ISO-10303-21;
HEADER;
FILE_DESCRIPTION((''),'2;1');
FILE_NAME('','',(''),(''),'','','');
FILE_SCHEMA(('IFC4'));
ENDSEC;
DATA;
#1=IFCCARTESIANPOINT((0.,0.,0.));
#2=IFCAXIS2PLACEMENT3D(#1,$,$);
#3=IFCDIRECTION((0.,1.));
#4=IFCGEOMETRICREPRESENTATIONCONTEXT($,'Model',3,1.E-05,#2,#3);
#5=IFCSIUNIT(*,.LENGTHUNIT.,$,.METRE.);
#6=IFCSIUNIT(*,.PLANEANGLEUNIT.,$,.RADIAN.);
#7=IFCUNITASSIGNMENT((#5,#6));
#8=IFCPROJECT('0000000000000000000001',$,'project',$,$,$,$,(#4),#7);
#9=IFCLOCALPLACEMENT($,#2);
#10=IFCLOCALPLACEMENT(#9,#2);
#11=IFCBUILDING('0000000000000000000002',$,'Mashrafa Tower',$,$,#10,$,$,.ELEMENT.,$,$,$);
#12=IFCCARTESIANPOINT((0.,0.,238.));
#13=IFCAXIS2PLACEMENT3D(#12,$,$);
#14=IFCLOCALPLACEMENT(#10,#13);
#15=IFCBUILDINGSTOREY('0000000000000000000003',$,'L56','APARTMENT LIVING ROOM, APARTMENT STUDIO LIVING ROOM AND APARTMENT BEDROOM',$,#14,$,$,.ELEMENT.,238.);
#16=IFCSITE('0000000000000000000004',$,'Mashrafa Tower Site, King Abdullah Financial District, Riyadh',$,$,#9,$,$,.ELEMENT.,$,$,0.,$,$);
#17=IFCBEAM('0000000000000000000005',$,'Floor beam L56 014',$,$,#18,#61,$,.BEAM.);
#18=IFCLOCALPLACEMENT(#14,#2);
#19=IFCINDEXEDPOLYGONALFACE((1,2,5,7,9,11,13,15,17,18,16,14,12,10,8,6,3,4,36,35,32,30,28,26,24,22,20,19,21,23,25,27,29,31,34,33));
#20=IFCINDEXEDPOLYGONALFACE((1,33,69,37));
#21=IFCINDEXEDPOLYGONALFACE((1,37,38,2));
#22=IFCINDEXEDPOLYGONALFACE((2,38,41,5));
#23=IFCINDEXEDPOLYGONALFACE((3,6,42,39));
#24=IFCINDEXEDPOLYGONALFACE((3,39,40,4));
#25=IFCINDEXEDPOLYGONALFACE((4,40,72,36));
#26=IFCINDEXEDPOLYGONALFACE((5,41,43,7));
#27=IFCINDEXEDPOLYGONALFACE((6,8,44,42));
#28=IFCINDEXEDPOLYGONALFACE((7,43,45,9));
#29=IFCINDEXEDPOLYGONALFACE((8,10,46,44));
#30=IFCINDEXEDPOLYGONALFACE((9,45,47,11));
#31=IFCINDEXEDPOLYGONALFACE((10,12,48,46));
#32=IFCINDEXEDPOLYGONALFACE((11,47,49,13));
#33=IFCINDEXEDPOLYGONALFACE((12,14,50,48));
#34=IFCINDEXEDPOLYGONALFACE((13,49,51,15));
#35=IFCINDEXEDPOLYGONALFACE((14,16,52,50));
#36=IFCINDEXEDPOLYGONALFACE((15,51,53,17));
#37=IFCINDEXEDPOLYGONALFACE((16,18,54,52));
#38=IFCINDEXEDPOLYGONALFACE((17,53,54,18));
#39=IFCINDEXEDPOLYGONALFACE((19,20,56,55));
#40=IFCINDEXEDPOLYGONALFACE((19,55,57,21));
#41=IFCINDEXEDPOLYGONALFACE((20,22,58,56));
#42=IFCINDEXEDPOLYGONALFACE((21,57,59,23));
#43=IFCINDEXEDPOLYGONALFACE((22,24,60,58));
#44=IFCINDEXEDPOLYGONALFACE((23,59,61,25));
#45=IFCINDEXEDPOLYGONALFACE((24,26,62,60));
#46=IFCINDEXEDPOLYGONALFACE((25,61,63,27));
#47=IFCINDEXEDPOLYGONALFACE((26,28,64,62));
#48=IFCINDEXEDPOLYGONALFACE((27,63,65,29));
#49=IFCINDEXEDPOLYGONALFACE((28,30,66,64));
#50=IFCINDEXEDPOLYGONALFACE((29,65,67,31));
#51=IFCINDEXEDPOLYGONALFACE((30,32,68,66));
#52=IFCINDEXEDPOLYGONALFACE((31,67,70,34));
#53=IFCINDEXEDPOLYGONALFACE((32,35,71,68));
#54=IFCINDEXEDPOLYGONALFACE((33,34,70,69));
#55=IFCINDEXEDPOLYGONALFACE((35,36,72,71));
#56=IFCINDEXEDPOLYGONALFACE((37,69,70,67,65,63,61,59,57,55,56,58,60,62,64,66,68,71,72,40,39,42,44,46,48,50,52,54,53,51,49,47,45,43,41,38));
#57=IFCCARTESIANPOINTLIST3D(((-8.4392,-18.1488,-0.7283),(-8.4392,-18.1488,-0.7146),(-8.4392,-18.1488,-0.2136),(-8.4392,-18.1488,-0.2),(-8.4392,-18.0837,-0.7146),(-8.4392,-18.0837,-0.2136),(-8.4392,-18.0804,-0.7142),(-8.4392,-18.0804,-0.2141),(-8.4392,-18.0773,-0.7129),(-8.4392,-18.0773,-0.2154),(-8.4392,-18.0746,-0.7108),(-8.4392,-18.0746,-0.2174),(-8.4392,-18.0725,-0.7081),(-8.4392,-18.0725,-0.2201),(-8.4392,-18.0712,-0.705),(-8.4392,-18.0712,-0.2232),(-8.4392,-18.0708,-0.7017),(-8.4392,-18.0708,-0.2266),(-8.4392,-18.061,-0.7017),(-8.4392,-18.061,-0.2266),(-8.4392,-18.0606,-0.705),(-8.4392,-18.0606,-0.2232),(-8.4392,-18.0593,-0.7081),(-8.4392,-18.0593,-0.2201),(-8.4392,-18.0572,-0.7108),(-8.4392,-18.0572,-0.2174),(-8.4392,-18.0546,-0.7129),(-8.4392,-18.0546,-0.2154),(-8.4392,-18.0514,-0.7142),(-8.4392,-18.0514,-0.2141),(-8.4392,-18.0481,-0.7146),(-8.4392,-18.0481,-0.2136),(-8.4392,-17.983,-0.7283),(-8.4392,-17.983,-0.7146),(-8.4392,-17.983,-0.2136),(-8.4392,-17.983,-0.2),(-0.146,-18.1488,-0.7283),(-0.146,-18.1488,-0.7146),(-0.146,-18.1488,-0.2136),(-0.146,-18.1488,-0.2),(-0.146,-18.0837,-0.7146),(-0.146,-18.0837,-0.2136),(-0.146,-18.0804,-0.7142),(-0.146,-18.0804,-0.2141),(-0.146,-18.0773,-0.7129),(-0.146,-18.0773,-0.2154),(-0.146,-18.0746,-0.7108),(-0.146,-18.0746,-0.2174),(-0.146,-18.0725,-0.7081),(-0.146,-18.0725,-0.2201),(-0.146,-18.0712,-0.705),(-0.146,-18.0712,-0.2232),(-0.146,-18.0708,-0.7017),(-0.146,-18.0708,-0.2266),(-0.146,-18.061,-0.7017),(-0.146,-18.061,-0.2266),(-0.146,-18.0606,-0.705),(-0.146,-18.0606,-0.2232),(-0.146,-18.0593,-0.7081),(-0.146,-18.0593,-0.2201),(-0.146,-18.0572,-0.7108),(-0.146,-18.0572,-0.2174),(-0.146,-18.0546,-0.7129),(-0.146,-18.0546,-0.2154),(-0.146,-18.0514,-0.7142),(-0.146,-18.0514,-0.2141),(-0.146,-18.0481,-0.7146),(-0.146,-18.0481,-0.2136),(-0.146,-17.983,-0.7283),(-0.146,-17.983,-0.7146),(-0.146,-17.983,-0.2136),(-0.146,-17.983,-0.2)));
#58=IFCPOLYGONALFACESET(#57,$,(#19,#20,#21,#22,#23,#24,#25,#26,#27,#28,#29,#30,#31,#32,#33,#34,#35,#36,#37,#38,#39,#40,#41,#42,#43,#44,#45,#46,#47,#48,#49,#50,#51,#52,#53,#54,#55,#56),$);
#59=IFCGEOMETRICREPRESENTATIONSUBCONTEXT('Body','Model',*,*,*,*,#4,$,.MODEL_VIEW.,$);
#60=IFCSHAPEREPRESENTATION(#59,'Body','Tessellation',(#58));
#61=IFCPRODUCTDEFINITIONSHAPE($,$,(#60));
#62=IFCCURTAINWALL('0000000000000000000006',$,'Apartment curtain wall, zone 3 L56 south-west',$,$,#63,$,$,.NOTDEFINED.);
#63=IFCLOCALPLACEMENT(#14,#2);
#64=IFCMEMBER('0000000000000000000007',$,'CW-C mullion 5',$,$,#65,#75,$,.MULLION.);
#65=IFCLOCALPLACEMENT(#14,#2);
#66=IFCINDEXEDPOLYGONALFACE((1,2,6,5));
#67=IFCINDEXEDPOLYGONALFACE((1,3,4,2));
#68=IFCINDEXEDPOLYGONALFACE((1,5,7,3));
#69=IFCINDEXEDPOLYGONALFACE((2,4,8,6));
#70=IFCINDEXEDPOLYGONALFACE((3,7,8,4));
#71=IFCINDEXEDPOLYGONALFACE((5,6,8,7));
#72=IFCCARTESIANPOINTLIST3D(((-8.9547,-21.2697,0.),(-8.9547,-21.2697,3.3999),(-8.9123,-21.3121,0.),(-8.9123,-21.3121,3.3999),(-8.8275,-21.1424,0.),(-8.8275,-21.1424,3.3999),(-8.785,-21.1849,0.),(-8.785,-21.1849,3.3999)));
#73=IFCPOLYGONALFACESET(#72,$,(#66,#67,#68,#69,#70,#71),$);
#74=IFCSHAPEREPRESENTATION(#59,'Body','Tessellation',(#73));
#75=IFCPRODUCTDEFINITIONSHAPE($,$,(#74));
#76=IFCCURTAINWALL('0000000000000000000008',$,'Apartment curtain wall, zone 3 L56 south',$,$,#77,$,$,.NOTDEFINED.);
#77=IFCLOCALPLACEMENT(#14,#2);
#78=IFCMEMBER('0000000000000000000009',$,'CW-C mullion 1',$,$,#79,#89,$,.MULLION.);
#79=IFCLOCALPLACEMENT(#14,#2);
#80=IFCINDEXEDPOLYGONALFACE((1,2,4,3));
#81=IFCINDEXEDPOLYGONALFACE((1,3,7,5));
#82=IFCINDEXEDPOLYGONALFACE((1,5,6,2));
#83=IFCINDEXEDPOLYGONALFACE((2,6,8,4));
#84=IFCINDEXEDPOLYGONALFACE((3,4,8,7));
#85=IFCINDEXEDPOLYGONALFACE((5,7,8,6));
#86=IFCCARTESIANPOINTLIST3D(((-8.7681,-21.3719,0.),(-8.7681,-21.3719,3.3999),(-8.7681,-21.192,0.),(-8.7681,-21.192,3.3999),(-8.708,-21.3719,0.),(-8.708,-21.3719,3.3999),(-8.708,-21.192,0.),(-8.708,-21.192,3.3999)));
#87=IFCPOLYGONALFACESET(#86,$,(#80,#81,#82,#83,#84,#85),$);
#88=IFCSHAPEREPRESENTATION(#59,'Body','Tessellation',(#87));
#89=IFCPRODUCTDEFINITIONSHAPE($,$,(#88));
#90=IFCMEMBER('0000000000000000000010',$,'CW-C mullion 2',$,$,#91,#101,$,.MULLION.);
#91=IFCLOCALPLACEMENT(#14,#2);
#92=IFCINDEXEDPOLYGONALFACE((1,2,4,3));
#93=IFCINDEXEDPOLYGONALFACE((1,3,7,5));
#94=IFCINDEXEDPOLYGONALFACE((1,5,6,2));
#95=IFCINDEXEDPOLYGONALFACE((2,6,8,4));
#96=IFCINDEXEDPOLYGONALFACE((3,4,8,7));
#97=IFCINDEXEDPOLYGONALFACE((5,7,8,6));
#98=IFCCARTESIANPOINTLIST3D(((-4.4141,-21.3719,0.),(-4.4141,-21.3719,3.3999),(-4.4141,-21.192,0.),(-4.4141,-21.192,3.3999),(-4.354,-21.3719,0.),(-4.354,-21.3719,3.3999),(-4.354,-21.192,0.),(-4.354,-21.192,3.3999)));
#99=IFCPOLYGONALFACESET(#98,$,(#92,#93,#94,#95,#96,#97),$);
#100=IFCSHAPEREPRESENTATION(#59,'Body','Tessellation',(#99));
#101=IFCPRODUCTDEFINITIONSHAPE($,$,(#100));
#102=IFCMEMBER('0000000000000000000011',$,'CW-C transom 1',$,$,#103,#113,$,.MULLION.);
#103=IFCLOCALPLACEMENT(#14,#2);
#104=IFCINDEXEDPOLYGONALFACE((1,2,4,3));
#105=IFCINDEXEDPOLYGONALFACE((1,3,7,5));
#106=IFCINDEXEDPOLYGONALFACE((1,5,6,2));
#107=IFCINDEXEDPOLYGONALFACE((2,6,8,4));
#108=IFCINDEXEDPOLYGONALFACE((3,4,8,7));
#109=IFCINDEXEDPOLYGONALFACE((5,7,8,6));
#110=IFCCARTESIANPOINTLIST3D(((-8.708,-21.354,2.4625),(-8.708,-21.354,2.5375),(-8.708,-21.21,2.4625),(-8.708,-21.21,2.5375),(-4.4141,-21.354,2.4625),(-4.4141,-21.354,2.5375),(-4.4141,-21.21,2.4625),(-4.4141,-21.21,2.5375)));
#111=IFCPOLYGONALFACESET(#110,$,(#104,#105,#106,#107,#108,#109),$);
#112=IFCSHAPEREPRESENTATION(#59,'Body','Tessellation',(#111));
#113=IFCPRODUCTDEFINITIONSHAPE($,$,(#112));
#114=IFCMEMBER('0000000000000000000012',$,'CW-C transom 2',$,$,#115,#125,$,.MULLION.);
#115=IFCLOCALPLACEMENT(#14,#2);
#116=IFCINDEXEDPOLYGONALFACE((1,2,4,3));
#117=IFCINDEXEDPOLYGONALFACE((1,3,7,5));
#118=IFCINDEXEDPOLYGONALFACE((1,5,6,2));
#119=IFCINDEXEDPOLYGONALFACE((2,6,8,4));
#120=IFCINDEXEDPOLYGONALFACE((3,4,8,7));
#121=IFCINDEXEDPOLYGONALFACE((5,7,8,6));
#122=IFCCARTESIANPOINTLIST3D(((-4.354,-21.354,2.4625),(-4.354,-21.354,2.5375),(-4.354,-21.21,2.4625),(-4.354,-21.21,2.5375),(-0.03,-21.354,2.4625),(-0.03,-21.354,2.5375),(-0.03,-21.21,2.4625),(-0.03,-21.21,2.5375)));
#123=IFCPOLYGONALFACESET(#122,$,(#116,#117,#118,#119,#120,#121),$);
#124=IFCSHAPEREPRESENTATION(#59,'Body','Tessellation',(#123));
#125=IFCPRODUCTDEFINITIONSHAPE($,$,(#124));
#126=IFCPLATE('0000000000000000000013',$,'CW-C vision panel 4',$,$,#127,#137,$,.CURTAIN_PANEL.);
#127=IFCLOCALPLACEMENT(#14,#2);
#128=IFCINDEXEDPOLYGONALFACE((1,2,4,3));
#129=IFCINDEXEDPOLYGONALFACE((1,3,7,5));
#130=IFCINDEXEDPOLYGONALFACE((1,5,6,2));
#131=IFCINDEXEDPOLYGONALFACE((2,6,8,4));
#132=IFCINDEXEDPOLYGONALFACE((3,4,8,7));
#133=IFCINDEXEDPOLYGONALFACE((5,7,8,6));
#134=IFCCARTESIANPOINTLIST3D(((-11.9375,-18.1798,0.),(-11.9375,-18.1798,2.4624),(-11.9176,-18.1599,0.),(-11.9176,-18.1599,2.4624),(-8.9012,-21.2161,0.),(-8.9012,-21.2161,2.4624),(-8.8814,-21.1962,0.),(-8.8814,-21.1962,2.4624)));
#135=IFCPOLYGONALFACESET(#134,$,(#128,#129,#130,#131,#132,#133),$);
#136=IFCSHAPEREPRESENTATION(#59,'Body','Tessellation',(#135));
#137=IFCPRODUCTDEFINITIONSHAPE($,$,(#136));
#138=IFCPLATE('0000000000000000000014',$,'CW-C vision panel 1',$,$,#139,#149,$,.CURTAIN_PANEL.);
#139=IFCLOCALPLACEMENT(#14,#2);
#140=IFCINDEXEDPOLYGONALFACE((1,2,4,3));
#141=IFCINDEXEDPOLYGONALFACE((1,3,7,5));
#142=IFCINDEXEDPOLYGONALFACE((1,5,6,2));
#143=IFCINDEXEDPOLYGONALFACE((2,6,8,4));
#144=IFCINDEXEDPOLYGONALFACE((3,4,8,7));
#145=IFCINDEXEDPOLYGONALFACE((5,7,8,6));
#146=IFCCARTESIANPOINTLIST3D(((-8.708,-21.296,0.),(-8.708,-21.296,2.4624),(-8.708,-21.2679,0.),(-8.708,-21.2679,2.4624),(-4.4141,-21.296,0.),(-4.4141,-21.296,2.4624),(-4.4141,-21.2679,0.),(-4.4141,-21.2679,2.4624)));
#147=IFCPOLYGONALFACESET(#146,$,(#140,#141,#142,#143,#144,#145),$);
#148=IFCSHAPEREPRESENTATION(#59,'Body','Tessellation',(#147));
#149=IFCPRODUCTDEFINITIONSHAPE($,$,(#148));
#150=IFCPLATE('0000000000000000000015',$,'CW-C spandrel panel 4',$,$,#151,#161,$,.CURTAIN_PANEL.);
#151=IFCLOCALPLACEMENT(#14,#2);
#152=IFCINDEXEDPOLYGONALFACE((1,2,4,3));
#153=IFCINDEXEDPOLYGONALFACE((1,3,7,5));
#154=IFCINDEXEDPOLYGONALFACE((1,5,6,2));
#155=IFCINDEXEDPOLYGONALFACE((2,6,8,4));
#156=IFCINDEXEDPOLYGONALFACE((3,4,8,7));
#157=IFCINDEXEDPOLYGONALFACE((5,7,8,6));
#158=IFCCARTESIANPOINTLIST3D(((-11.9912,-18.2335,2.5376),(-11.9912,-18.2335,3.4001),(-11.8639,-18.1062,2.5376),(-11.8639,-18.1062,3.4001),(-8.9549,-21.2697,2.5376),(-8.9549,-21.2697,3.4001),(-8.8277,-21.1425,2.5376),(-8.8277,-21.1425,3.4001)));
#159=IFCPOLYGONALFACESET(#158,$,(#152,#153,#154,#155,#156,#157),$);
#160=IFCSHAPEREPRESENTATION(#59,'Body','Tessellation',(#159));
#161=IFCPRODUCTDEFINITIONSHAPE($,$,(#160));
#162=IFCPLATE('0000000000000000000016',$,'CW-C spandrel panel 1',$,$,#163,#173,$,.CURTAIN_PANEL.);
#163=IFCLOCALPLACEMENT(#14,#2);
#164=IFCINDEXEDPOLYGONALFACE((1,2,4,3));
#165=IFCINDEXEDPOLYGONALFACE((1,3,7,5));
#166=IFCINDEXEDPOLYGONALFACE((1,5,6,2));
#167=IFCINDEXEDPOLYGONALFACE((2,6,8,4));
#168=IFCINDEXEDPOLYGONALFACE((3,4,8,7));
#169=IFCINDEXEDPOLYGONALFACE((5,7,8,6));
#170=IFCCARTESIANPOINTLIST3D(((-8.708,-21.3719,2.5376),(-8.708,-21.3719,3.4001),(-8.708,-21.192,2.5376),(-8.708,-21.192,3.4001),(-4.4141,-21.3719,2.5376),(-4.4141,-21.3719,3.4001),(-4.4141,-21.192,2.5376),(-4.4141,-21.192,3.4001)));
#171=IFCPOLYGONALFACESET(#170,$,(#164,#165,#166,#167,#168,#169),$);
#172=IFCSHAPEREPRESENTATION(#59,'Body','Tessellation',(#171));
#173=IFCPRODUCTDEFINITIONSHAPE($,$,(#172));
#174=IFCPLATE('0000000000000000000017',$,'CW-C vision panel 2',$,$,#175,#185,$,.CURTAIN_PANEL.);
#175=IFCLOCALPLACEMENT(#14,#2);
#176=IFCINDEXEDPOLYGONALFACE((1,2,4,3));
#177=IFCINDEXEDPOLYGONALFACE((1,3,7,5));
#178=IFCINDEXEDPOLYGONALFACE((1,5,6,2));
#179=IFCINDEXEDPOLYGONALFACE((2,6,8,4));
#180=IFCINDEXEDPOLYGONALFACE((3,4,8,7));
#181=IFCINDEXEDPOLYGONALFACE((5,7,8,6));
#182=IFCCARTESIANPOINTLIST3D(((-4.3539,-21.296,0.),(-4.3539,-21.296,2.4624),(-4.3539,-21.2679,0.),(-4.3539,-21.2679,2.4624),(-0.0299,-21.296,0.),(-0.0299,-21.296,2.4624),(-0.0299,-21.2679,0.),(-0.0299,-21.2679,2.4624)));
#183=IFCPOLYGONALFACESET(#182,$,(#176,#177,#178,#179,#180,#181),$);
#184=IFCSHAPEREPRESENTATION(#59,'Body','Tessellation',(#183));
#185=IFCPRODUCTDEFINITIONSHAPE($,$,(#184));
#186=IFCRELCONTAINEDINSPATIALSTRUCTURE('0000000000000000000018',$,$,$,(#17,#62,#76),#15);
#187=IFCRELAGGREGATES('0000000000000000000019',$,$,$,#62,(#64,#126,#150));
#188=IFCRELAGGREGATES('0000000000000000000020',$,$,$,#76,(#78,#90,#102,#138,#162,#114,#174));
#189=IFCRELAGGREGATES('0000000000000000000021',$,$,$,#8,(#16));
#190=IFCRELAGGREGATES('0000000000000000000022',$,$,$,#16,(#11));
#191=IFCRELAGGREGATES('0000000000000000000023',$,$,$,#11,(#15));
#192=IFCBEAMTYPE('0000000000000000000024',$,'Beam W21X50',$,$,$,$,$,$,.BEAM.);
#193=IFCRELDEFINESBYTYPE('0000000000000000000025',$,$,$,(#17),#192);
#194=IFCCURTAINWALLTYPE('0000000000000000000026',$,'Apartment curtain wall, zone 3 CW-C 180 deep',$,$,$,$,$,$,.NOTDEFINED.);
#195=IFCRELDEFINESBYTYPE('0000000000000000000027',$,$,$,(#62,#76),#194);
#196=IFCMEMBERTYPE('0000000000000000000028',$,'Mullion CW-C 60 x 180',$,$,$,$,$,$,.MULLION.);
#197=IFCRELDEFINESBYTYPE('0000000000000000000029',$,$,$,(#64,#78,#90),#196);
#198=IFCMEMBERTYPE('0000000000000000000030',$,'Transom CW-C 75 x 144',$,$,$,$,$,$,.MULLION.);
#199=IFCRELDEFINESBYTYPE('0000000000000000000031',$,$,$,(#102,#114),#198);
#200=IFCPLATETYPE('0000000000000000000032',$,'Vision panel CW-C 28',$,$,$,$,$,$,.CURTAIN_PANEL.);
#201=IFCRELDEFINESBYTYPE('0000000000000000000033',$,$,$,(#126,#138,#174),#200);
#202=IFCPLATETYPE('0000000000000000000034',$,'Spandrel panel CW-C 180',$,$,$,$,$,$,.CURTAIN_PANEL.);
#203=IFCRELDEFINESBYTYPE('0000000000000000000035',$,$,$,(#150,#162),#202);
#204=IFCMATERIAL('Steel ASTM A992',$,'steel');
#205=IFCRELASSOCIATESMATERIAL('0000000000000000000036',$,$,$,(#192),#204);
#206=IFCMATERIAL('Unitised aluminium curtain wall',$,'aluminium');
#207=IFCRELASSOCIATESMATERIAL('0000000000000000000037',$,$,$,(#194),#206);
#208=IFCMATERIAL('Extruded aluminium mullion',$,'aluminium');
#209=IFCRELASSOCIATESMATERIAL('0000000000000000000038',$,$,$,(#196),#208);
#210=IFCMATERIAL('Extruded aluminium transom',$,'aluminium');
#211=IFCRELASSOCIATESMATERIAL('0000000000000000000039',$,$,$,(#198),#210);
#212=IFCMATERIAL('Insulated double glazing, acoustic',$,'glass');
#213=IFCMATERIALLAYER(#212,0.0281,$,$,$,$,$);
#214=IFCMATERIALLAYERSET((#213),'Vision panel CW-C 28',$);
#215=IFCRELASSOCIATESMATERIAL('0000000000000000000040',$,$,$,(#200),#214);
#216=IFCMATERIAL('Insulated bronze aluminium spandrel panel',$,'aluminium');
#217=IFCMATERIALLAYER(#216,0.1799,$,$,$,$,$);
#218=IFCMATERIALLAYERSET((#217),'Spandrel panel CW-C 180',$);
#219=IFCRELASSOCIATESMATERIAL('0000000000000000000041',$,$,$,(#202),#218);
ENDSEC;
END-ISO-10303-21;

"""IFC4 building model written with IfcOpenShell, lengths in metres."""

from ifc_helpers import new_model, si_unit, direction, frame, origin, origin_2d, place, context, subcontext, project, spatial, rectangle, i_section, extrude, source, transform, mapped, material, layer, layer_set, material_profile, profile_set, type_object, type_shapes, element, aggregate, save


model = new_model("IFC4")

# Units and contexts
model_context = context("Model", 3, precision=1e-05, world=origin(), true_north=direction((0.0, 1.0)))
body_context = subcontext(model_context, "Body", "Model", "MODEL_VIEW")
ifc_project = project(units=[si_unit("LENGTHUNIT", "METRE"), si_unit("PLANEANGLEUNIT", "RADIAN")], contexts=[model_context])

# Site, building, storey
site_placement = place(None, origin())
site = spatial("IfcSite", under=ifc_project, at=site_placement, Name="Mashrafa Tower Site, King Abdullah Financial District, Riyadh", CompositionType="ELEMENT", RefElevation=0.0)
building_placement = place(site_placement, origin())
building = spatial("IfcBuilding", under=site, at=building_placement, Name="Mashrafa Tower", CompositionType="ELEMENT")
storey_placement = place(building_placement, frame((0.0, 0.0, 238.0)))
storey = spatial("IfcBuildingStorey", under=building, at=storey_placement, Name="L56", Description="APARTMENT LIVING ROOM, APARTMENT STUDIO LIVING ROOM AND APARTMENT BEDROOM", CompositionType="ELEMENT", Elevation=238.0)

# Beam
ifc_material_1 = material(Name="Steel ASTM A992", Category="steel")
ifc_material_profile_1 = material_profile(ifc_material_1, i_section(OverallWidth=0.1658, OverallDepth=0.5283, WebThickness=0.0098, FlangeThickness=0.0137, FilletRadius=0.0129, at=origin_2d()), Name="W21X50")
ifc_profile_set_1 = profile_set([ifc_material_profile_1], Name="Steel ASTM A992")
beam_type_1 = type_object("IfcBeamType", Name="Beam W21X50", PredefinedType="BEAM", material=ifc_profile_set_1)
beam_1_placement = place(storey_placement, frame((-0.146, -18.0659, -0.4641), z_axis=(-1.0, 0.0, 0.0), x_axis=(0.0, -1.0, 0.0)))
element("IfcBeam", 1, at=beam_1_placement, inside=storey, type_object=beam_type_1, Name="Floor beam L56 014", PredefinedType="BEAM", context=body_context, shape_type="SweptSolid", body=[
    extrude(i_section(OverallWidth=0.1658, OverallDepth=0.5283, WebThickness=0.0098, FlangeThickness=0.0137, FilletRadius=0.0129, at=origin_2d()), origin(), (0.0, 0.0, 1.0), 8.2932),
])

# Curtain wall, member
ifc_material_2 = material(Name="Unitised aluminium curtain wall", Category="aluminium")
curtain_wall_type = type_object("IfcCurtainWallType", Name="Apartment curtain wall, zone 3 CW-C 180 deep", PredefinedType="NOTDEFINED", material=ifc_material_2)
curtain_wall_1_placement = place(storey_placement, origin())
curtain_wall_1 = element("IfcCurtainWall", 2, at=curtain_wall_1_placement, inside=storey, type_object=curtain_wall_type, Name="Apartment curtain wall, zone 3 L56 south-west", PredefinedType="NOTDEFINED")
ifc_material_3 = material(Name="Extruded aluminium mullion", Category="aluminium")
ifc_material_profile_2 = material_profile(ifc_material_3, rectangle(XDim=0.1799, YDim=0.0601, at=origin_2d()), Name="Mullion 60x180")
ifc_profile_set_2 = profile_set([ifc_material_profile_2], Name="Extruded aluminium mullion")
member_type_1 = type_object("IfcMemberType", Name="Mullion CW-C 60 x 180", PredefinedType="MULLION", material=ifc_profile_set_2)
shared_shape_1 = source(origin(), body_context, "Body", "SweptSolid", [
    extrude(rectangle(XDim=0.1799, YDim=0.0601, at=origin_2d()), origin(), (0.0, 0.0, 1.0), 3.3999),
])
type_shapes(member_type_1, [shared_shape_1])
member_1_placement = place(storey_placement, frame((-8.8699, -21.2273, 0.0), z_axis=(0.0, 0.0, 1.0), x_axis=(0.707107, 0.707107, 0.0)))
member_1 = element("IfcMember", 3, at=member_1_placement, type_object=member_type_1, Name="CW-C mullion 5", PredefinedType="MULLION", context=body_context, shape_type="MappedRepresentation", body=[
    mapped(shared_shape_1, transform((0.0, 0.0, 0.0))),
])

# Curtain wall, members
curtain_wall_2_placement = place(storey_placement, origin())
curtain_wall_2 = element("IfcCurtainWall", 4, at=curtain_wall_2_placement, inside=storey, type_object=curtain_wall_type, Name="Apartment curtain wall, zone 3 L56 south", PredefinedType="NOTDEFINED")
member_2_placement = place(storey_placement, frame((-8.738, -21.282, 0.0), z_axis=(0.0, 0.0, 1.0), x_axis=(0.0, 1.0, 0.0)))
member_2 = element("IfcMember", 5, at=member_2_placement, type_object=member_type_1, Name="CW-C mullion 1", PredefinedType="MULLION", context=body_context, shape_type="MappedRepresentation", body=[
    mapped(shared_shape_1, transform((0.0, 0.0, 0.0))),
])
member_3_placement = place(storey_placement, frame((-4.384, -21.282, 0.0), z_axis=(0.0, 0.0, 1.0), x_axis=(0.0, 1.0, 0.0)))
member_3 = element("IfcMember", 6, at=member_3_placement, type_object=member_type_1, Name="CW-C mullion 2", PredefinedType="MULLION", context=body_context, shape_type="MappedRepresentation", body=[
    mapped(shared_shape_1, transform((0.0, 0.0, 0.0))),
])
ifc_material_4 = material(Name="Extruded aluminium transom", Category="aluminium")
ifc_material_profile_3 = material_profile(ifc_material_4, rectangle(XDim=0.144, YDim=0.075, at=origin_2d()), Name="Transom 75x144")
ifc_profile_set_3 = profile_set([ifc_material_profile_3], Name="Extruded aluminium transom")
member_type_2 = type_object("IfcMemberType", Name="Transom CW-C 75 x 144", PredefinedType="MULLION", material=ifc_profile_set_3)
shared_shape_2 = source(origin(), body_context, "Body", "SweptSolid", [
    extrude(rectangle(XDim=0.144, YDim=0.075, at=origin_2d()), origin(), (0.0, 0.0, 1.0), 4.2939),
])
member_4_placement = place(storey_placement, frame((-8.708, -21.282, 2.5), z_axis=(1.0, 0.0, 0.0), x_axis=(0.0, 1.0, 0.0)))
member_4 = element("IfcMember", 7, at=member_4_placement, type_object=member_type_2, Name="CW-C transom 1", PredefinedType="MULLION", context=body_context, shape_type="MappedRepresentation", body=[
    mapped(shared_shape_2, transform((0.0, 0.0, 0.0))),
])
shared_shape_3 = source(origin(), body_context, "Body", "SweptSolid", [
    extrude(rectangle(XDim=0.144, YDim=0.075, at=origin_2d()), origin(), (0.0, 0.0, 1.0), 4.324),
])
type_shapes(member_type_2, [shared_shape_2, shared_shape_3])
member_5_placement = place(storey_placement, frame((-4.354, -21.282, 2.5), z_axis=(1.0, 0.0, 0.0), x_axis=(0.0, 1.0, 0.0)))
member_5 = element("IfcMember", 8, at=member_5_placement, type_object=member_type_2, Name="CW-C transom 2", PredefinedType="MULLION", context=body_context, shape_type="MappedRepresentation", body=[
    mapped(shared_shape_3, transform((0.0, 0.0, 0.0))),
])

# Plates
ifc_material_5 = material(Name="Insulated double glazing, acoustic", Category="glass")
ifc_layer_1 = layer(ifc_material_5, 0.0281)
ifc_layer_set_1 = layer_set([ifc_layer_1], Name="Vision panel CW-C 28")
plate_type_1 = type_object("IfcPlateType", Name="Vision panel CW-C 28", PredefinedType="CURTAIN_PANEL", material=ifc_layer_set_1)
shared_shape_4 = source(origin(), body_context, "Body", "SweptSolid", [
    extrude(rectangle(XDim=4.2939, YDim=0.0281, at=origin_2d()), origin(), (0.0, 0.0, 1.0), 2.4624),
])
plate_1_placement = place(storey_placement, frame((-10.4094, -19.688, 0.0), z_axis=(0.0, 0.0, 1.0), x_axis=(0.707107, -0.707107, 0.0)))
plate_1 = element("IfcPlate", 9, at=plate_1_placement, type_object=plate_type_1, Name="CW-C vision panel 4", PredefinedType="CURTAIN_PANEL", context=body_context, shape_type="MappedRepresentation", body=[
    mapped(shared_shape_4, transform((0.0, 0.0, 0.0))),
])
plate_2_placement = place(storey_placement, frame((-6.561, -21.282, 0.0), z_axis=(0.0, 0.0, 1.0), x_axis=(1.0, 0.0, 0.0)))
plate_2 = element("IfcPlate", 10, at=plate_2_placement, type_object=plate_type_1, Name="CW-C vision panel 1", PredefinedType="CURTAIN_PANEL", context=body_context, shape_type="MappedRepresentation", body=[
    mapped(shared_shape_4, transform((0.0, 0.0, 0.0))),
])
ifc_material_6 = material(Name="Insulated bronze aluminium spandrel panel", Category="aluminium")
ifc_layer_2 = layer(ifc_material_6, 0.1799)
ifc_layer_set_2 = layer_set([ifc_layer_2], Name="Spandrel panel CW-C 180")
plate_type_2 = type_object("IfcPlateType", Name="Spandrel panel CW-C 180", PredefinedType="CURTAIN_PANEL", material=ifc_layer_set_2)
shared_shape_5 = source(origin(), body_context, "Body", "SweptSolid", [
    extrude(rectangle(XDim=4.2939, YDim=0.1799, at=origin_2d()), origin(), (0.0, 0.0, 1.0), 0.8625),
])
plate_3_placement = place(storey_placement, frame((-10.4094, -19.688, 2.5376), z_axis=(0.0, 0.0, 1.0), x_axis=(0.707107, -0.707107, 0.0)))
plate_3 = element("IfcPlate", 11, at=plate_3_placement, type_object=plate_type_2, Name="CW-C spandrel panel 4", PredefinedType="CURTAIN_PANEL", context=body_context, shape_type="MappedRepresentation", body=[
    mapped(shared_shape_5, transform((0.0, 0.0, 0.0))),
])
aggregate(curtain_wall_1, [member_1, plate_1, plate_3])
plate_4_placement = place(storey_placement, frame((-6.561, -21.282, 2.5376), z_axis=(0.0, 0.0, 1.0), x_axis=(1.0, 0.0, 0.0)))
plate_4 = element("IfcPlate", 12, at=plate_4_placement, type_object=plate_type_2, Name="CW-C spandrel panel 1", PredefinedType="CURTAIN_PANEL", context=body_context, shape_type="MappedRepresentation", body=[
    mapped(shared_shape_5, transform((0.0, 0.0, 0.0))),
])
shared_shape_6 = source(origin(), body_context, "Body", "SweptSolid", [
    extrude(rectangle(XDim=4.324, YDim=0.0281, at=origin_2d()), origin(), (0.0, 0.0, 1.0), 2.4624),
])
type_shapes(plate_type_1, [shared_shape_4, shared_shape_6])
plate_5_placement = place(storey_placement, frame((-2.1919, -21.282, 0.0), z_axis=(0.0, 0.0, 1.0), x_axis=(1.0, 0.0, 0.0)))
plate_5 = element("IfcPlate", 13, at=plate_5_placement, type_object=plate_type_1, Name="CW-C vision panel 2", PredefinedType="CURTAIN_PANEL", context=body_context, shape_type="MappedRepresentation", body=[
    mapped(shared_shape_6, transform((0.0, 0.0, 0.0))),
])
aggregate(curtain_wall_2, [member_2, member_3, member_4, plate_2, plate_4, member_5, plate_5])

save(model, "model.ifc")
